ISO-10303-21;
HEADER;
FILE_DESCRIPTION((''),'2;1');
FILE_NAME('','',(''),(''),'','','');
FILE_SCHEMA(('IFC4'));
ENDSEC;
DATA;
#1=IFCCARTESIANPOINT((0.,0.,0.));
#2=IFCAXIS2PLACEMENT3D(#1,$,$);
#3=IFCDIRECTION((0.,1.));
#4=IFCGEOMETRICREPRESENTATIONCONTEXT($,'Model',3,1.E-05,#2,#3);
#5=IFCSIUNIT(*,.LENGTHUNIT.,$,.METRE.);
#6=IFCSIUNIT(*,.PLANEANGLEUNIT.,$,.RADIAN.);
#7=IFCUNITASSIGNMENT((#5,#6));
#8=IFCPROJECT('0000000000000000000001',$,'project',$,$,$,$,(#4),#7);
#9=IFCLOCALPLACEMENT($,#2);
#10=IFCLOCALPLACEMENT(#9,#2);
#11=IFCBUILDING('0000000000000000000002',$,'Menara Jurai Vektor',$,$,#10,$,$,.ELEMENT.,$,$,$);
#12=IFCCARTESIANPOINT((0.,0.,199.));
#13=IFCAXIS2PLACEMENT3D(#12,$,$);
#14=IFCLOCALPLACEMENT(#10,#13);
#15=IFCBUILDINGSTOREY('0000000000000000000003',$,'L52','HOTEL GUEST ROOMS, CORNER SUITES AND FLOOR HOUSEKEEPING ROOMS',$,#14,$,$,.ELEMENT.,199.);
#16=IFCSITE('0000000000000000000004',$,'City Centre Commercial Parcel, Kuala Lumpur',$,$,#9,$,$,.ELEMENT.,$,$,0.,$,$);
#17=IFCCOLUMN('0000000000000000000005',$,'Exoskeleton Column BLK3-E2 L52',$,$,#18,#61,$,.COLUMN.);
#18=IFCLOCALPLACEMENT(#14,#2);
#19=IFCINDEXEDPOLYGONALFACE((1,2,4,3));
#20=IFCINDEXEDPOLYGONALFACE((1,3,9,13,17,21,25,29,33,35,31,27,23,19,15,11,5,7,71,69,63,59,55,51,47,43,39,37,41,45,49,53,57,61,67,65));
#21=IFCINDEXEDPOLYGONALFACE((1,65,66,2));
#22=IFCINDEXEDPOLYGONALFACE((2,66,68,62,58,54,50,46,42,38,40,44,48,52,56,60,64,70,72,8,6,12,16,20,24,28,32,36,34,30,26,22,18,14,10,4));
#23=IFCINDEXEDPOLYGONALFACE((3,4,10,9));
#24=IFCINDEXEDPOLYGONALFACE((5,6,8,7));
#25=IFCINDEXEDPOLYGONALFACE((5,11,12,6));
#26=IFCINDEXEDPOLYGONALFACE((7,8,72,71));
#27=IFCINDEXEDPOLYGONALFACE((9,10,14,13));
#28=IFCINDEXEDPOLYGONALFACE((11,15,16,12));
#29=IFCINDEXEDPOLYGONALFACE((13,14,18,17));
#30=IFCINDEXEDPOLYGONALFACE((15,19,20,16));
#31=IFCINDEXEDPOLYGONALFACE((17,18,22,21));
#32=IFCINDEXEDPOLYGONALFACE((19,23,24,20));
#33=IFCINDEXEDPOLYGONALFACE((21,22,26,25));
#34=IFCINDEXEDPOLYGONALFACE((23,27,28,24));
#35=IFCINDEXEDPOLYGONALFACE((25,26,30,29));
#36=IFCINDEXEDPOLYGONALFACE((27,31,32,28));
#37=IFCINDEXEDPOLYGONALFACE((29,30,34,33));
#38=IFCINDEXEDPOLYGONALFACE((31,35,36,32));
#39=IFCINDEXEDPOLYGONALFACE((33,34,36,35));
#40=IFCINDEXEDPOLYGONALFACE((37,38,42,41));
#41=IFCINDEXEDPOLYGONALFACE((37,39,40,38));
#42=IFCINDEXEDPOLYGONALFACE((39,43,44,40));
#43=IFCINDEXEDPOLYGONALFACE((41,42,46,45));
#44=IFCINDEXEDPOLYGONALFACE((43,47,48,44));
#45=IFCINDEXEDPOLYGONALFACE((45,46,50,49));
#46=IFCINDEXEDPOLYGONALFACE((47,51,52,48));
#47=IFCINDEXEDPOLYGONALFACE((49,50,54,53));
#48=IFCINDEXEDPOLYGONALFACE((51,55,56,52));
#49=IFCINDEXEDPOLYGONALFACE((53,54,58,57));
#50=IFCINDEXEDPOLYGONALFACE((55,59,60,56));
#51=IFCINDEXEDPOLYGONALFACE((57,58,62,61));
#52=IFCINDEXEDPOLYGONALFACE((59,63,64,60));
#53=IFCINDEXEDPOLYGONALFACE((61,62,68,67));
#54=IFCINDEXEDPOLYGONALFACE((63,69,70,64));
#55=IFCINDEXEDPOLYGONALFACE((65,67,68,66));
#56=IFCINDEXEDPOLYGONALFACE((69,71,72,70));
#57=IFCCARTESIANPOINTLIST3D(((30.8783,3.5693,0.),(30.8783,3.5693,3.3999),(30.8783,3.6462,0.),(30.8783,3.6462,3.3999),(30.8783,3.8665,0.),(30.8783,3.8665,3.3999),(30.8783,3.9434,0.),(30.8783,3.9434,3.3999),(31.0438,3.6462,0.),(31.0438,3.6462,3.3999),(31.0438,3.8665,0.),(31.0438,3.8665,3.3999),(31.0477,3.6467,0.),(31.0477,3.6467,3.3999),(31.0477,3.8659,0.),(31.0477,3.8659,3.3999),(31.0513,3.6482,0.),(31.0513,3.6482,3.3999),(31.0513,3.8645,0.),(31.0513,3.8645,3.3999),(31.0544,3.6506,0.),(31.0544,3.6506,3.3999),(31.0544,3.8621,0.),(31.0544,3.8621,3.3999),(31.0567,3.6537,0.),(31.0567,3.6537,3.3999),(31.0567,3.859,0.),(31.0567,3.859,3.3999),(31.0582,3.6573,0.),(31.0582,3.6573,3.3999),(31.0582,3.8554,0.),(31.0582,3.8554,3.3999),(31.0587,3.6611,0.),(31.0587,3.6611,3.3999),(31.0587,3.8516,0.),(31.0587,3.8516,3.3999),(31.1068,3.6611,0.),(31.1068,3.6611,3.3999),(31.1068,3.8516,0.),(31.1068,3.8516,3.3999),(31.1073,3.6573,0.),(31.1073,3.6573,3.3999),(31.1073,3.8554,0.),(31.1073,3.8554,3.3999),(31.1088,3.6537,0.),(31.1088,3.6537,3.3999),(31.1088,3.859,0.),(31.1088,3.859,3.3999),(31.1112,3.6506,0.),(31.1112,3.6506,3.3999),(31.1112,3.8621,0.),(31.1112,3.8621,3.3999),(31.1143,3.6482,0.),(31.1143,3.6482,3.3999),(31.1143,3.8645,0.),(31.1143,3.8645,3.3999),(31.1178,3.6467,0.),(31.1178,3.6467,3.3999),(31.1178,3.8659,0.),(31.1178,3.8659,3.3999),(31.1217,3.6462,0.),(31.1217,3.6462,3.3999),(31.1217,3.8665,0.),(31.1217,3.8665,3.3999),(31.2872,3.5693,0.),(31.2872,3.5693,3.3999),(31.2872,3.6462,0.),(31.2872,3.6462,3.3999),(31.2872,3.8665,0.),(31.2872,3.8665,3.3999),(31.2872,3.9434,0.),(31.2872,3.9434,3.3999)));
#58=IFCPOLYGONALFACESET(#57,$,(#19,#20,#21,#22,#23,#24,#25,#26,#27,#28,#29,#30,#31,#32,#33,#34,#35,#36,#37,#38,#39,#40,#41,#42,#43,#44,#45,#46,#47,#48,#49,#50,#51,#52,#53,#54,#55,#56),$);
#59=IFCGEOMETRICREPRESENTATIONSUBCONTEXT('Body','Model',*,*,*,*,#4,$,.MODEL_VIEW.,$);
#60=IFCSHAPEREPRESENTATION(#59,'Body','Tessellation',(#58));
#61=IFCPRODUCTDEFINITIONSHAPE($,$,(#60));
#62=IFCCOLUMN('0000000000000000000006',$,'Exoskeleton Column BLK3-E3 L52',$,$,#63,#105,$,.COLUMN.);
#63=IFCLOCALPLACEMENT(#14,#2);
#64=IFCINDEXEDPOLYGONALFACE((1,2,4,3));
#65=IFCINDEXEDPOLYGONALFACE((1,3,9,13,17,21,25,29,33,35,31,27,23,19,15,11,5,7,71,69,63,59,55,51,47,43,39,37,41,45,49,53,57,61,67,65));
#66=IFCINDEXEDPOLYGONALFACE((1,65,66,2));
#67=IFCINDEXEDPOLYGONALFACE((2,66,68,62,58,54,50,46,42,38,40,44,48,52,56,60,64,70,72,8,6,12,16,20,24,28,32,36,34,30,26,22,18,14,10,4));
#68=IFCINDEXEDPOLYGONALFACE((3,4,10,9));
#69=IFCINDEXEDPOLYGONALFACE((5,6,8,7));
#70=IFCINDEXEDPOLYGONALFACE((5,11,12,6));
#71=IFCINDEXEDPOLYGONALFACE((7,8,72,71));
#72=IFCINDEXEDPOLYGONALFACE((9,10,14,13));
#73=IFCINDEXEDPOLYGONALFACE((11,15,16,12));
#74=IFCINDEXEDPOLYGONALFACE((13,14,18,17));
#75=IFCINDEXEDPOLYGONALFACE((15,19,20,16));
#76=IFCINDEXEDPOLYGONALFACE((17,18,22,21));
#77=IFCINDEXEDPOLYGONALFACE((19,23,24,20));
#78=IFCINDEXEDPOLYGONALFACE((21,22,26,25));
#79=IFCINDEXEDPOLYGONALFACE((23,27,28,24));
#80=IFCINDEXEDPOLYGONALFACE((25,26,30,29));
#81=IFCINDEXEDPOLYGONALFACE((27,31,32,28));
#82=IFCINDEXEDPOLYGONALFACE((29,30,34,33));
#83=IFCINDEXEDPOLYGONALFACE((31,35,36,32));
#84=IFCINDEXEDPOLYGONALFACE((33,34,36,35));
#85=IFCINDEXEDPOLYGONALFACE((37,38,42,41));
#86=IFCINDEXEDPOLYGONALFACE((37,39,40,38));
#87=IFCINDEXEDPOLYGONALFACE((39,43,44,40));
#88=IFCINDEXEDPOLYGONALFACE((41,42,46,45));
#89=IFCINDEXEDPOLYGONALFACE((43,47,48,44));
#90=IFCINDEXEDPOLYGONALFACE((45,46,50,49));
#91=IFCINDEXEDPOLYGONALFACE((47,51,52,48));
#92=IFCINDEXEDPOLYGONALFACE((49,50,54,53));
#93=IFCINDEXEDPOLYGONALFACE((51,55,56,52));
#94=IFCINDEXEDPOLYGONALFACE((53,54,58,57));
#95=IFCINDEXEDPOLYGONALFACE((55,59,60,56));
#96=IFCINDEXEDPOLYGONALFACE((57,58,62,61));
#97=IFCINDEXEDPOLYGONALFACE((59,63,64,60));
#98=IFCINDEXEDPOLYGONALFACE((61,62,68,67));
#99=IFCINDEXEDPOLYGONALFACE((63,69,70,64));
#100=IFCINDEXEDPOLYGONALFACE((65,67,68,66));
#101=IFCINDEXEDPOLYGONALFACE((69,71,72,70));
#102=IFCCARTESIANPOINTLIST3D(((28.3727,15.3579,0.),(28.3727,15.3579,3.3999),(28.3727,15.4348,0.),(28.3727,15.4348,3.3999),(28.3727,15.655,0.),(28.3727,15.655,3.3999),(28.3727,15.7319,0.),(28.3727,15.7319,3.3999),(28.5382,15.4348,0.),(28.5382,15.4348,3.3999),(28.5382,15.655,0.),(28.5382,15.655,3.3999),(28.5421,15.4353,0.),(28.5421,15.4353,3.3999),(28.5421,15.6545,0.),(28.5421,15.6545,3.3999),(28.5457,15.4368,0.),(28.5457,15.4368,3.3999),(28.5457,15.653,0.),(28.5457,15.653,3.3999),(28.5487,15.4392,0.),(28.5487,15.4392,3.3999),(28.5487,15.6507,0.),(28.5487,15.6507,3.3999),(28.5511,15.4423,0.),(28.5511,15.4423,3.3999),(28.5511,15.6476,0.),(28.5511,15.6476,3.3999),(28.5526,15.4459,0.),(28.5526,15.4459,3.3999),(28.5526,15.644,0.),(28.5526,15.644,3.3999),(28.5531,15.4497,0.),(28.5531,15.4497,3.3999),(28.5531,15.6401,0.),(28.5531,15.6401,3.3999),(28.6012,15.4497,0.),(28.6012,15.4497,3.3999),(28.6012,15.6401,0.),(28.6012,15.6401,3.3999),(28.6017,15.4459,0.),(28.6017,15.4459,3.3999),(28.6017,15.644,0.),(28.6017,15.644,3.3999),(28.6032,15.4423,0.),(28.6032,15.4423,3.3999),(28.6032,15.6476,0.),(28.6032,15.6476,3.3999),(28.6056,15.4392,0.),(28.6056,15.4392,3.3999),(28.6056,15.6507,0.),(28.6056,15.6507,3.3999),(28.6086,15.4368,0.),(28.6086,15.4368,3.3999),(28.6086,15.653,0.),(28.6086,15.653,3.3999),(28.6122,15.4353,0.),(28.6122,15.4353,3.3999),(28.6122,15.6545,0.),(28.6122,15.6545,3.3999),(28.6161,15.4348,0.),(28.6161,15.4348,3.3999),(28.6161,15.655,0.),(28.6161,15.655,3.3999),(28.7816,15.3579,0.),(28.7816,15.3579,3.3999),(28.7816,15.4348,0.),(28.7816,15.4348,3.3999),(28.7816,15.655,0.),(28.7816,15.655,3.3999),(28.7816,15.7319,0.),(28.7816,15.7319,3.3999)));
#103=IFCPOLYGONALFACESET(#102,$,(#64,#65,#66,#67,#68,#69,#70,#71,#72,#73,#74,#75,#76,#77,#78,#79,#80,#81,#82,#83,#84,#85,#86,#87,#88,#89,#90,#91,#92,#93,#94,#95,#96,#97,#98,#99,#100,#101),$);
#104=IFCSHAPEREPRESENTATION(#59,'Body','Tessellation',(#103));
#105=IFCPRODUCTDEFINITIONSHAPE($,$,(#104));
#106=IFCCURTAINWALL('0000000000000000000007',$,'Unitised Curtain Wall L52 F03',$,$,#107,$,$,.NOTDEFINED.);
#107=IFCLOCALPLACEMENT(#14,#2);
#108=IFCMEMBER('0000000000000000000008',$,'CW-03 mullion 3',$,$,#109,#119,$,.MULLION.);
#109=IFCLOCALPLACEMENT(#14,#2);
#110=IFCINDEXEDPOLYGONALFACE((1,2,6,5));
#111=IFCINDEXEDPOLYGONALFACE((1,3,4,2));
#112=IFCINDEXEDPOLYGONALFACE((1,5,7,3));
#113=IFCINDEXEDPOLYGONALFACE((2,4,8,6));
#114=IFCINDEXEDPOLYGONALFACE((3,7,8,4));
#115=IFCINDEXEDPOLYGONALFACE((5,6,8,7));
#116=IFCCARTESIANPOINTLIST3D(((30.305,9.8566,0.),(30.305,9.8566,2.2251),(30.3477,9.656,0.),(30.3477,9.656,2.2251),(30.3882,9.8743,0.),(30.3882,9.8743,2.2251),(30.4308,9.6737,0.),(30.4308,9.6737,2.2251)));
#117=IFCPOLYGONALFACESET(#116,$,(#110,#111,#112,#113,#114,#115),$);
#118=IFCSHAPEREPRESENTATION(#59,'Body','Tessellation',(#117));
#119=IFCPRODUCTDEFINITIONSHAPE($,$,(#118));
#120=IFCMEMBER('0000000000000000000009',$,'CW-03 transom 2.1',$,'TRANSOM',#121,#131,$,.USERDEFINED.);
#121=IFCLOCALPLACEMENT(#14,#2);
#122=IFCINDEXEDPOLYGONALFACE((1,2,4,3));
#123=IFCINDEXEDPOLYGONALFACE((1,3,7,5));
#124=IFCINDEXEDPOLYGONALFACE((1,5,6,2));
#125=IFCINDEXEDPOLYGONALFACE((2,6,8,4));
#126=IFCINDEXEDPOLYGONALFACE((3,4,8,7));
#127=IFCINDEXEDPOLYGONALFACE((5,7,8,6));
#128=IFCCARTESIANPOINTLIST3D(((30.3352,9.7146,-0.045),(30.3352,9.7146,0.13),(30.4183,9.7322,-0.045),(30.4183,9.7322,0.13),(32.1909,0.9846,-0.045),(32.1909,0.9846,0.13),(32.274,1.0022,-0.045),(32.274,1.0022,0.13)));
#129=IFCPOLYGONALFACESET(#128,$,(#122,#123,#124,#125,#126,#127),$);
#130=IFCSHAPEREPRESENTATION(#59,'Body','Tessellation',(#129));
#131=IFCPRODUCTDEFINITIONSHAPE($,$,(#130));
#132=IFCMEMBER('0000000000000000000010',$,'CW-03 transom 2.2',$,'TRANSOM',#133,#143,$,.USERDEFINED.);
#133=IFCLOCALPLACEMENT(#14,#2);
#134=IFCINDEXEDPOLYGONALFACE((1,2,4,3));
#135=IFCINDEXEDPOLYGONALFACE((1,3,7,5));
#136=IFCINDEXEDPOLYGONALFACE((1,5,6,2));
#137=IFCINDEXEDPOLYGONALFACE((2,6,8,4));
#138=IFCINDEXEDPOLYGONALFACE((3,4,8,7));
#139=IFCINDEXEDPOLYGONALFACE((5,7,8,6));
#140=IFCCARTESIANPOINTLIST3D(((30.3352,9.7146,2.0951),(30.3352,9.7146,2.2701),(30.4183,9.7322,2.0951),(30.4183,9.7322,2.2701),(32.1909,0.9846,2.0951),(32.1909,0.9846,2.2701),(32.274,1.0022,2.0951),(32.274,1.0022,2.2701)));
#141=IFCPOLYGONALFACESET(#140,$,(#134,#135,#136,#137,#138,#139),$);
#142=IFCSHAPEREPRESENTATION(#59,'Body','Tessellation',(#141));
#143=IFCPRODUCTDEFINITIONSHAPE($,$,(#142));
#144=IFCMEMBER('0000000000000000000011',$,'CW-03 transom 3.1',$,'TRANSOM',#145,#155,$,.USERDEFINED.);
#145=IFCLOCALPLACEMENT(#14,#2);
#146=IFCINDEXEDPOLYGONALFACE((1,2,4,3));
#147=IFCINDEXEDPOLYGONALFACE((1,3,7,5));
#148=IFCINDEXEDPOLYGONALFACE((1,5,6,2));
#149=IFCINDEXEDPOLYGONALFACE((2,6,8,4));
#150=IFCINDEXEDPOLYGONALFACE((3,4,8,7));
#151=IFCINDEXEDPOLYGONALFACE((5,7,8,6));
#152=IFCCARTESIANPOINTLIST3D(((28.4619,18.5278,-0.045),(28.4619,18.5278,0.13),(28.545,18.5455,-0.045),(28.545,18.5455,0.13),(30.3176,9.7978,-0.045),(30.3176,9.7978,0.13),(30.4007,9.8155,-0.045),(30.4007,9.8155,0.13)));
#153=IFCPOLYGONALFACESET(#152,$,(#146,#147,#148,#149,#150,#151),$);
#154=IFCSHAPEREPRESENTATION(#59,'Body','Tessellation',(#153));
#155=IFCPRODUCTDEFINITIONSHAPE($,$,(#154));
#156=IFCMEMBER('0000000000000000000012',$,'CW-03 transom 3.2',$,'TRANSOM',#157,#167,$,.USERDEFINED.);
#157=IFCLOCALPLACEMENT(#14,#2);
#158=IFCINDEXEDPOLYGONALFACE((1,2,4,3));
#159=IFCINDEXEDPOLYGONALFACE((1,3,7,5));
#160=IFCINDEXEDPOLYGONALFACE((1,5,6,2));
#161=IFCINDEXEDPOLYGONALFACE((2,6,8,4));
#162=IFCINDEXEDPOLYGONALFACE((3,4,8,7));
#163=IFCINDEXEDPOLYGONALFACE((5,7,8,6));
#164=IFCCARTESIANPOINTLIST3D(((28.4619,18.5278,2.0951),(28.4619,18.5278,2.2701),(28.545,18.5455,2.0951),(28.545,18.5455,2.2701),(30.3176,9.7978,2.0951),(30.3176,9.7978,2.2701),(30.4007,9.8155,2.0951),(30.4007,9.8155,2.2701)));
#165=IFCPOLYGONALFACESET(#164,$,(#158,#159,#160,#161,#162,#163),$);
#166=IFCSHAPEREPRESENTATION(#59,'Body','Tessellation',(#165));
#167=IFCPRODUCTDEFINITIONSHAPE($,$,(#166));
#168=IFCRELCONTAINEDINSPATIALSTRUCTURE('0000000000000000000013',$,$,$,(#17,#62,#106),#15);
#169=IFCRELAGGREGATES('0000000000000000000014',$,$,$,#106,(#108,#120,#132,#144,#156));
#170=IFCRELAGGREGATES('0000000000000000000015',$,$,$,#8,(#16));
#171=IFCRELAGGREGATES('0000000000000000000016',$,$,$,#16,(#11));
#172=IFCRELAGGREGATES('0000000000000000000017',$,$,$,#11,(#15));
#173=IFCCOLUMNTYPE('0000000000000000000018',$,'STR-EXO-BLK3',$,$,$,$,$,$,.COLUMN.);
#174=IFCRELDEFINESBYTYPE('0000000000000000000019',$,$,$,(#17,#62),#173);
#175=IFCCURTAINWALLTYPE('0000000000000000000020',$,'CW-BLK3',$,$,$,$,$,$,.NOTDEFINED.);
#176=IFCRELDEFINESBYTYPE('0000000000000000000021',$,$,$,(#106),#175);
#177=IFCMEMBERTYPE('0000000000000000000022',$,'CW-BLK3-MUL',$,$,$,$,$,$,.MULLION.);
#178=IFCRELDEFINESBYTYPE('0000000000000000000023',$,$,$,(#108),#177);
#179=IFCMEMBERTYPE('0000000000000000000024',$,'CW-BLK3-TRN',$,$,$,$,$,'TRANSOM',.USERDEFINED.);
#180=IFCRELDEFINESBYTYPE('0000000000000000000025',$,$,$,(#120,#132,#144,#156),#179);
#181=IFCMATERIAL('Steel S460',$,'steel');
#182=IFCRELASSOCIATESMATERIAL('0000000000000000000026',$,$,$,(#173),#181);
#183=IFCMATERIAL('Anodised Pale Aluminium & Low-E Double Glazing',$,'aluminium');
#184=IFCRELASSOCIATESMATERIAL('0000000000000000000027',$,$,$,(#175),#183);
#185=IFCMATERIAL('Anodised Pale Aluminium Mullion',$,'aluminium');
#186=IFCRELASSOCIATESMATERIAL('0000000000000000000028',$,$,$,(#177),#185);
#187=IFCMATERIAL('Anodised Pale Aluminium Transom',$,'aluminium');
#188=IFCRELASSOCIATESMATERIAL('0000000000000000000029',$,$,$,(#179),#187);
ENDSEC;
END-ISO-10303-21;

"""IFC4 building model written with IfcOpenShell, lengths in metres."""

from ifc_helpers import new_model, si_unit, direction, frame, origin, origin_2d, place, context, subcontext, project, spatial, rectangle, i_section, extrude, material, material_profile, profile_set, type_object, element, aggregate, save


model = new_model("IFC4")

# Units and contexts
model_context = context("Model", 3, precision=1e-05, world=origin(), true_north=direction((0.0, 1.0)))
body_context = subcontext(model_context, "Body", "Model", "MODEL_VIEW")
ifc_project = project(units=[si_unit("LENGTHUNIT", "METRE"), si_unit("PLANEANGLEUNIT", "RADIAN")], contexts=[model_context])

# Site, building, storey
site_placement = place(None, origin())
site = spatial("IfcSite", under=ifc_project, at=site_placement, Name="City Centre Commercial Parcel, Kuala Lumpur", CompositionType="ELEMENT", RefElevation=0.0)
building_placement = place(site_placement, origin())
building = spatial("IfcBuilding", under=site, at=building_placement, Name="Menara Jurai Vektor", CompositionType="ELEMENT")
storey_placement = place(building_placement, frame((0.0, 0.0, 199.0)))
storey = spatial("IfcBuildingStorey", under=building, at=storey_placement, Name="L52", Description="HOTEL GUEST ROOMS, CORNER SUITES AND FLOOR HOUSEKEEPING ROOMS", CompositionType="ELEMENT", Elevation=199.0)

# Columns
ifc_material_1 = material(Name="Steel S460", Category="steel")
ifc_material_profile_1 = material_profile(ifc_material_1, i_section(OverallWidth=0.4089, OverallDepth=0.374, WebThickness=0.0481, FlangeThickness=0.0769, FilletRadius=0.0149, at=origin_2d()), Name="HD 400x634")
ifc_profile_set_1 = profile_set([ifc_material_profile_1], Name="Steel S460")
column_type = type_object("IfcColumnType", Name="STR-EXO-BLK3", PredefinedType="COLUMN", material=ifc_profile_set_1)
for number, where, z_axis, x_axis, name in (
    (1, (31.0828, 3.7563, 0.0), (0.0, 0.0, 1.0), (1.0, 0.0, 0.0), "Exoskeleton Column BLK3-E2 L52"),
    (2, (28.5771, 15.5449, 0.0), (0.0, 0.0, 1.0), (1.0, 0.0, 0.0), "Exoskeleton Column BLK3-E3 L52"),
):
    element("IfcColumn", number, at=place(storey_placement, frame(where, z_axis=z_axis, x_axis=x_axis)), inside=storey, type_object=column_type, Name=name, PredefinedType="COLUMN", context=body_context, shape_type="SweptSolid", body=[
        extrude(i_section(OverallWidth=0.4089, OverallDepth=0.374, WebThickness=0.0481, FlangeThickness=0.0769, FilletRadius=0.0149, at=origin_2d()), origin(), (0.0, 0.0, 1.0), 3.3999),
    ])

# Curtain wall, members
ifc_material_2 = material(Name="Anodised Pale Aluminium & Low-E Double Glazing", Category="aluminium")
curtain_wall_type = type_object("IfcCurtainWallType", Name="CW-BLK3", PredefinedType="NOTDEFINED", material=ifc_material_2)
curtain_wall_placement = place(storey_placement, origin())
curtain_wall = element("IfcCurtainWall", 3, at=curtain_wall_placement, inside=storey, type_object=curtain_wall_type, Name="Unitised Curtain Wall L52 F03", PredefinedType="NOTDEFINED")
ifc_material_3 = material(Name="Anodised Pale Aluminium Mullion", Category="aluminium")
ifc_material_profile_2 = material_profile(ifc_material_3, rectangle(XDim=0.085, YDim=0.2051, at=origin_2d()), Name="ALU MUL 85x205")
ifc_profile_set_2 = profile_set([ifc_material_profile_2], Name="Anodised Pale Aluminium Mullion")
member_type_1 = type_object("IfcMemberType", Name="CW-BLK3-MUL", PredefinedType="MULLION", material=ifc_profile_set_2)
member_1_placement = place(storey_placement, frame((30.3679, 9.7651, 0.0), z_axis=(0.0, 0.0, 1.0), x_axis=(-0.978148, -0.20791, 0.0)))
member_1 = element("IfcMember", 4, at=member_1_placement, type_object=member_type_1, Name="CW-03 mullion 3", PredefinedType="MULLION", context=body_context, shape_type="SweptSolid", body=[
    extrude(rectangle(XDim=0.085, YDim=0.2051, at=origin_2d()), origin(), (0.0, 0.0, 1.0), 2.2251),
])
ifc_material_4 = material(Name="Anodised Pale Aluminium Transom", Category="aluminium")
ifc_material_profile_3 = material_profile(ifc_material_4, rectangle(XDim=0.085, YDim=0.175, at=origin_2d()), Name="ALU TRN 85x175")
ifc_profile_set_3 = profile_set([ifc_material_profile_3], Name="Anodised Pale Aluminium Transom")
member_type_2 = type_object("IfcMemberType", Name="CW-BLK3-TRN", ElementType="TRANSOM", PredefinedType="USERDEFINED", material=ifc_profile_set_3)
member_2_placement = place(storey_placement, frame((32.2324, 0.9934, 0.0425), z_axis=(-0.207922, 0.978145, 0.0), x_axis=(-0.978145, -0.207922, 0.0)))
member_2 = element("IfcMember", 5, at=member_2_placement, type_object=member_type_2, Name="CW-03 transom 2.1", ObjectType="TRANSOM", PredefinedType="USERDEFINED", context=body_context, shape_type="SweptSolid", body=[
    extrude(rectangle(XDim=0.085, YDim=0.175, at=origin_2d()), origin(), (0.0, 0.0, 1.0), 8.925),
])
member_3_placement = place(storey_placement, frame((32.2324, 0.9934, 2.1826), z_axis=(-0.207922, 0.978145, 0.0), x_axis=(-0.978145, -0.207922, 0.0)))
member_3 = element("IfcMember", 6, at=member_3_placement, type_object=member_type_2, Name="CW-03 transom 2.2", ObjectType="TRANSOM", PredefinedType="USERDEFINED", context=body_context, shape_type="SweptSolid", body=[
    extrude(rectangle(XDim=0.085, YDim=0.175, at=origin_2d()), origin(), (0.0, 0.0, 1.0), 8.925),
])
member_4_placement = place(storey_placement, frame((30.3591, 9.8066, 0.0425), z_axis=(-0.207922, 0.978145, 0.0), x_axis=(-0.978145, -0.207922, 0.0)))
member_4 = element("IfcMember", 7, at=member_4_placement, type_object=member_type_2, Name="CW-03 transom 3.1", ObjectType="TRANSOM", PredefinedType="USERDEFINED", context=body_context, shape_type="SweptSolid", body=[
    extrude(rectangle(XDim=0.085, YDim=0.175, at=origin_2d()), origin(), (0.0, 0.0, 1.0), 8.925),
])
member_5_placement = place(storey_placement, frame((30.3591, 9.8066, 2.1826), z_axis=(-0.207922, 0.978145, 0.0), x_axis=(-0.978145, -0.207922, 0.0)))
member_5 = element("IfcMember", 8, at=member_5_placement, type_object=member_type_2, Name="CW-03 transom 3.2", ObjectType="TRANSOM", PredefinedType="USERDEFINED", context=body_context, shape_type="SweptSolid", body=[
    extrude(rectangle(XDim=0.085, YDim=0.175, at=origin_2d()), origin(), (0.0, 0.0, 1.0), 8.925),
])

aggregate(curtain_wall, [member_1, member_2, member_3, member_4, member_5])

save(model, "model.ifc")
